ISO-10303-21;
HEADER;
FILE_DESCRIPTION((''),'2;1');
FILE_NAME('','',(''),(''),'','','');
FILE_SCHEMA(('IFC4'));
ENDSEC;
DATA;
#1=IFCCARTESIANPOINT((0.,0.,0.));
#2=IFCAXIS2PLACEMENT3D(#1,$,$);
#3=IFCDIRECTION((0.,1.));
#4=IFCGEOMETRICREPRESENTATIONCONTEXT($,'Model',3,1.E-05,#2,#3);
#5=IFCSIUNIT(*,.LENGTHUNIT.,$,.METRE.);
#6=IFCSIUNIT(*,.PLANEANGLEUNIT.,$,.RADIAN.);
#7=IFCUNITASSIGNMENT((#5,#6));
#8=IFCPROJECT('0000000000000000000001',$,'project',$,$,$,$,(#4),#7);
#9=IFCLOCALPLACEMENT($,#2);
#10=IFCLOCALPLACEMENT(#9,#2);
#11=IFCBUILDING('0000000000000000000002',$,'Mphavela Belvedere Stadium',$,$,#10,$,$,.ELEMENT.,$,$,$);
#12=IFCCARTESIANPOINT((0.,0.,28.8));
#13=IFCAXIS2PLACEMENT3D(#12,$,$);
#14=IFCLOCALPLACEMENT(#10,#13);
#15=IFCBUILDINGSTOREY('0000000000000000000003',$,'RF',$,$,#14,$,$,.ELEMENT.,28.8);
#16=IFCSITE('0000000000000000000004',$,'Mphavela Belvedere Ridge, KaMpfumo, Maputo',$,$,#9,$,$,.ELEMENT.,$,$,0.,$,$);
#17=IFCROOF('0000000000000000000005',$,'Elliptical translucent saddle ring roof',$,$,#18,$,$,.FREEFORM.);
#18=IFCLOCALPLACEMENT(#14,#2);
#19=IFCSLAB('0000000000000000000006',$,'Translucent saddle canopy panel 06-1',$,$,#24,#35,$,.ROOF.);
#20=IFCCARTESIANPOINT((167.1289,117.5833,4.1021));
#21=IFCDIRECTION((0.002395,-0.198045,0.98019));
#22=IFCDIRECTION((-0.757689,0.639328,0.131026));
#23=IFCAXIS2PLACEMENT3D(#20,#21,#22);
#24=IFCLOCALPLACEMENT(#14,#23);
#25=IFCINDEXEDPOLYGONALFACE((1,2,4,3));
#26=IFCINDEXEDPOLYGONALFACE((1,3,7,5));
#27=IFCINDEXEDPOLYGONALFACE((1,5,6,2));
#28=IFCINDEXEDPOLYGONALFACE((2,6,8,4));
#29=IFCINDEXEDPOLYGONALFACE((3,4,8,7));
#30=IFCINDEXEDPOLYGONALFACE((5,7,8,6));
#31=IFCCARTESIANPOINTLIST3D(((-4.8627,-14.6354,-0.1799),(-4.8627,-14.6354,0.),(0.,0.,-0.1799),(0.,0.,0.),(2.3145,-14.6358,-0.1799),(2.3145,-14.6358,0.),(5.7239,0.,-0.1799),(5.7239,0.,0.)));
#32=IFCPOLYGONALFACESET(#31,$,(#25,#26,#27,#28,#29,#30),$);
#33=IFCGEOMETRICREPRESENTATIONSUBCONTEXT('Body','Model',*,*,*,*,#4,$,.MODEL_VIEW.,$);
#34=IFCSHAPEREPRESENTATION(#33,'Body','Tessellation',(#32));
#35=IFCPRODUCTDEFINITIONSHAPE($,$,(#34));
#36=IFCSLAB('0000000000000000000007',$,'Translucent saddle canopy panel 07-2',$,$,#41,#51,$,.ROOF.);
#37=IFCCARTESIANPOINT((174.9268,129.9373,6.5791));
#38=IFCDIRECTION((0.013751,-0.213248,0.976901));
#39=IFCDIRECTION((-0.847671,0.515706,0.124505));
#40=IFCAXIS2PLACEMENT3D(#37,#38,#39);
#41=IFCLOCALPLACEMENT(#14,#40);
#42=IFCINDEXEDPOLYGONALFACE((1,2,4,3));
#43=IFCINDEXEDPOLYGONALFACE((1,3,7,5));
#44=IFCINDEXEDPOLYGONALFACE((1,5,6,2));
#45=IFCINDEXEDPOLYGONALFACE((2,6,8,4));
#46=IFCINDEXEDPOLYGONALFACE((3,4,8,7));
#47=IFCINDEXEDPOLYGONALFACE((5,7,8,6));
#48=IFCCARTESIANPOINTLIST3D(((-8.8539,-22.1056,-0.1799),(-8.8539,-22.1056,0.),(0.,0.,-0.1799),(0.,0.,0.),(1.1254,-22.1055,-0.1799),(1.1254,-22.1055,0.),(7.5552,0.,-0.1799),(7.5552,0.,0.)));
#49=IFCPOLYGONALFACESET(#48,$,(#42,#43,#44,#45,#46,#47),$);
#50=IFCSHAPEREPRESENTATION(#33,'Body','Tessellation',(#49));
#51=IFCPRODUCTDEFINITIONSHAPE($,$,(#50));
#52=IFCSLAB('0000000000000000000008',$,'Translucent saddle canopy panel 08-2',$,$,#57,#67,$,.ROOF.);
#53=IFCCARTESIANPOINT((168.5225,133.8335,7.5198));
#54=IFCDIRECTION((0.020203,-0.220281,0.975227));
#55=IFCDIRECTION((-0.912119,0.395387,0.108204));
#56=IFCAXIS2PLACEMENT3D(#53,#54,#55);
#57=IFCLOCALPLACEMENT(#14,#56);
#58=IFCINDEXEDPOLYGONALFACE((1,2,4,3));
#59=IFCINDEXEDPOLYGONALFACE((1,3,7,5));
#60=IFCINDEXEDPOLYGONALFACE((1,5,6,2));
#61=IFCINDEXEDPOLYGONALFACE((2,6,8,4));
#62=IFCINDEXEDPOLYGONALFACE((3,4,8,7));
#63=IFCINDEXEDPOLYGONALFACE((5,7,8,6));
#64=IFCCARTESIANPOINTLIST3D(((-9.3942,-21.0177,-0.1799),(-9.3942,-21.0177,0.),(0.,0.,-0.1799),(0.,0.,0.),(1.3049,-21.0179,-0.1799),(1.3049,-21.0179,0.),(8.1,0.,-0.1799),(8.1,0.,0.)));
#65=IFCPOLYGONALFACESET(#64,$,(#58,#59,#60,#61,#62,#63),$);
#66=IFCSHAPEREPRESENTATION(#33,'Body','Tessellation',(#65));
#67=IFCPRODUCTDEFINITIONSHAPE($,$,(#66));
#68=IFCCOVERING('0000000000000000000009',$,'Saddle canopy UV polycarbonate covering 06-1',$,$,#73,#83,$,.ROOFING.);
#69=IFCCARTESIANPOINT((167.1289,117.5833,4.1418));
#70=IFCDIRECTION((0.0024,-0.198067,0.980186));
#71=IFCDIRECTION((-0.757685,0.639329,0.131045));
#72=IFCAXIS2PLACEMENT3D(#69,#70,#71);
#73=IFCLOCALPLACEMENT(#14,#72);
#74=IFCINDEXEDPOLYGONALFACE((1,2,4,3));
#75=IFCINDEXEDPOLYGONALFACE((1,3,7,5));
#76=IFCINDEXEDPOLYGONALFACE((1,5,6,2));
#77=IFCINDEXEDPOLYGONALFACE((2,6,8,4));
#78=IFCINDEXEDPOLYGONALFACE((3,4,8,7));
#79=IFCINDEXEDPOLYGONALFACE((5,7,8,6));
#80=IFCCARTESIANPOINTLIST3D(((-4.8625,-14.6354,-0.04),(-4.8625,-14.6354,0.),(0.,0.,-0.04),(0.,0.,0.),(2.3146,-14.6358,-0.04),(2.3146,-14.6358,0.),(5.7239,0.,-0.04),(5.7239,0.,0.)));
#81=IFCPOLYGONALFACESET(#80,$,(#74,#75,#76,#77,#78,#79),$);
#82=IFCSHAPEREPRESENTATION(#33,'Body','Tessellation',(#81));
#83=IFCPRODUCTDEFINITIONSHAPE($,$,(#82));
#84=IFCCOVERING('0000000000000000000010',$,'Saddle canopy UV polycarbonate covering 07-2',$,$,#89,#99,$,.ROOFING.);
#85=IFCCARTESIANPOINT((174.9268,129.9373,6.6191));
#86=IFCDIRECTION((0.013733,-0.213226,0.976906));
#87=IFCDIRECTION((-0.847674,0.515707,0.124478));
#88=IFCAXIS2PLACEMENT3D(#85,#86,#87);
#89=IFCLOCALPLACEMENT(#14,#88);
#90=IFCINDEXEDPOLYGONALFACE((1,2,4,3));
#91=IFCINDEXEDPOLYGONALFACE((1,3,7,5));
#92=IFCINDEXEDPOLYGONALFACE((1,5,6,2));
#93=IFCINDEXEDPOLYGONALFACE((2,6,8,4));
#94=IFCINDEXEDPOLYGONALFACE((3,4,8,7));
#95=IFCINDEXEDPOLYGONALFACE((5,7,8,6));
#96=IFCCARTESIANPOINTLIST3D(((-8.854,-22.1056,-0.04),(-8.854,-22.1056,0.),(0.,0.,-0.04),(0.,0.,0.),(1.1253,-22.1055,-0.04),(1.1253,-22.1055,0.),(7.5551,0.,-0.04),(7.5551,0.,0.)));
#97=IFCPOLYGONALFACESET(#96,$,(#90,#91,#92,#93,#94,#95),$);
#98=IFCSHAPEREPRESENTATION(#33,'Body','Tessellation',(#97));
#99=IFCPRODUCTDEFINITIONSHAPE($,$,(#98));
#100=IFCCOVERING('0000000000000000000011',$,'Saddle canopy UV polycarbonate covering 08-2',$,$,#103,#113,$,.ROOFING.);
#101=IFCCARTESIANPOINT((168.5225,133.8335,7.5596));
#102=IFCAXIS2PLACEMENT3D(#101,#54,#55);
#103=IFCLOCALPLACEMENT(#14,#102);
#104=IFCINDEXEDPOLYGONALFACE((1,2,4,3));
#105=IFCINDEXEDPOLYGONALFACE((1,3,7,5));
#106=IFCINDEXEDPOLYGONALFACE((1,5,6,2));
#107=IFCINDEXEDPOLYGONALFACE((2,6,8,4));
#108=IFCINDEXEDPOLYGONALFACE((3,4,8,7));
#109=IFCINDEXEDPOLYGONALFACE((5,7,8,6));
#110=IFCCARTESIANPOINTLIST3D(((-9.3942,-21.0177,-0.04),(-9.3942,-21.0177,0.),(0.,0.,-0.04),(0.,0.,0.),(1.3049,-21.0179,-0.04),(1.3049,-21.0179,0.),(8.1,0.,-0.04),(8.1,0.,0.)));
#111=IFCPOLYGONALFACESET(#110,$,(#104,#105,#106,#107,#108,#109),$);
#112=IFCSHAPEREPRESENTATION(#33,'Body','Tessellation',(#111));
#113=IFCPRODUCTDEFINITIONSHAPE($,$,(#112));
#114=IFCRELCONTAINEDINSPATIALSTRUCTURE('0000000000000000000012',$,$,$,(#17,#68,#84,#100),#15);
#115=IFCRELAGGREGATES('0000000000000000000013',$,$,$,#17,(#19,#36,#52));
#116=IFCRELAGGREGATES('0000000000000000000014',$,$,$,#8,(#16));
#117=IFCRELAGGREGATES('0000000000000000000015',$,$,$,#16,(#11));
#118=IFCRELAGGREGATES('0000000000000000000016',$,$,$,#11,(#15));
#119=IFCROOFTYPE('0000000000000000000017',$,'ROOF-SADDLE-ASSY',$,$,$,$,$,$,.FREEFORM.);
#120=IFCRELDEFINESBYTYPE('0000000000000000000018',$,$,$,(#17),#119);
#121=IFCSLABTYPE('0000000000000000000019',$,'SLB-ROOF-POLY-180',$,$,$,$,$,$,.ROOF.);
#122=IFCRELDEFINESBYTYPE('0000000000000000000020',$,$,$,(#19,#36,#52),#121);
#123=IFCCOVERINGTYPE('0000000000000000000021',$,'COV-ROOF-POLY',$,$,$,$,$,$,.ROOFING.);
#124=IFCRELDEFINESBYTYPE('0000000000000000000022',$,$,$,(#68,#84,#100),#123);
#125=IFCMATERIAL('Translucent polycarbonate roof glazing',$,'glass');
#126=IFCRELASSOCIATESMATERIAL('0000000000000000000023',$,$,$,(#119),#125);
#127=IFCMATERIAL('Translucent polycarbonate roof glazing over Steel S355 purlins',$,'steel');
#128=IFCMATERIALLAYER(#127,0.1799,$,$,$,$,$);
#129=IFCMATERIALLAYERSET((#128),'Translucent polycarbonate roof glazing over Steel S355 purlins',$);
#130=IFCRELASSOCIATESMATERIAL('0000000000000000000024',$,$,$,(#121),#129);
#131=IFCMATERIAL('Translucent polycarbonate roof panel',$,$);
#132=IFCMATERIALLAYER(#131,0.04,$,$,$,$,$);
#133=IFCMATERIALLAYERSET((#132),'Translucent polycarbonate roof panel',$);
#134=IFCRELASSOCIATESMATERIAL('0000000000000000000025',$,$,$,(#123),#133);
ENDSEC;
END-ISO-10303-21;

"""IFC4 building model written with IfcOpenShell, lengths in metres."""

from ifc_helpers import new_model, si_unit, direction, frame, origin, place, context, subcontext, project, spatial, polyline, outline, extrude, material, layer, layer_set, type_object, element, aggregate, save


model = new_model("IFC4")

# Units and contexts
model_context = context("Model", 3, precision=1e-05, world=origin(), true_north=direction((0.0, 1.0)))
body_context = subcontext(model_context, "Body", "Model", "MODEL_VIEW")
ifc_project = project(units=[si_unit("LENGTHUNIT", "METRE"), si_unit("PLANEANGLEUNIT", "RADIAN")], contexts=[model_context])

# Site, building, storey
site_placement = place(None, origin())
site = spatial("IfcSite", under=ifc_project, at=site_placement, Name="Mphavela Belvedere Ridge, KaMpfumo, Maputo", CompositionType="ELEMENT", RefElevation=0.0)
building_placement = place(site_placement, origin())
building = spatial("IfcBuilding", under=site, at=building_placement, Name="Mphavela Belvedere Stadium", CompositionType="ELEMENT")
storey_placement = place(building_placement, frame((0.0, 0.0, 28.8)))
storey = spatial("IfcBuildingStorey", under=building, at=storey_placement, Name="RF", CompositionType="ELEMENT", Elevation=28.8)

# Roof, slabs
ifc_material_1 = material(Name="Translucent polycarbonate roof glazing", Category="glass")
roof_type = type_object("IfcRoofType", Name="ROOF-SADDLE-ASSY", PredefinedType="FREEFORM", material=ifc_material_1)
roof_placement = place(storey_placement, origin())
roof = element("IfcRoof", 1, at=roof_placement, inside=storey, type_object=roof_type, Name="Elliptical translucent saddle ring roof", PredefinedType="FREEFORM")
ifc_material_2 = material(Name="Translucent polycarbonate roof glazing over Steel S355 purlins", Category="steel")
ifc_layer_1 = layer(ifc_material_2, 0.1799)
ifc_layer_set_1 = layer_set([ifc_layer_1], Name="Translucent polycarbonate roof glazing over Steel S355 purlins")
slab_type = type_object("IfcSlabType", Name="SLB-ROOF-POLY-180", PredefinedType="ROOF", material=ifc_layer_set_1)
slab_1_placement = place(storey_placement, frame((167.1289, 117.5833, 4.1021), z_axis=(0.002395, -0.198045, 0.98019), x_axis=(-0.757689, 0.639328, 0.131026)))
slab_1 = element("IfcSlab", 2, at=slab_1_placement, type_object=slab_type, Name="Translucent saddle canopy panel 06-1", PredefinedType="ROOF", context=body_context, shape_type="SweptSolid", body=[
    extrude(outline(polyline([(0.0, 0.0), (5.7239, 0.0), (2.3145, -14.6358), (-4.8627, -14.6354), (0.0, 0.0)])), origin(), (0.0, 0.0, -1.0), 0.1799),
])
slab_2_placement = place(storey_placement, frame((174.9268, 129.9373, 6.5791), z_axis=(0.013751, -0.213248, 0.976901), x_axis=(-0.847671, 0.515706, 0.124505)))
slab_2 = element("IfcSlab", 3, at=slab_2_placement, type_object=slab_type, Name="Translucent saddle canopy panel 07-2", PredefinedType="ROOF", context=body_context, shape_type="SweptSolid", body=[
    extrude(outline(polyline([(0.0, 0.0), (7.5552, 0.0), (1.1254, -22.1055), (-8.8539, -22.1056), (0.0, 0.0)])), origin(), (0.0, 0.0, -1.0), 0.1799),
])
slab_3_placement = place(storey_placement, frame((168.5225, 133.8335, 7.5198), z_axis=(0.020203, -0.220281, 0.975227), x_axis=(-0.912119, 0.395387, 0.108204)))
slab_3 = element("IfcSlab", 4, at=slab_3_placement, type_object=slab_type, Name="Translucent saddle canopy panel 08-2", PredefinedType="ROOF", context=body_context, shape_type="SweptSolid", body=[
    extrude(outline(polyline([(0.0, 0.0), (8.1, 0.0), (1.3049, -21.0179), (-9.3942, -21.0177), (0.0, 0.0)])), origin(), (0.0, 0.0, -1.0), 0.1799),
])
aggregate(roof, [slab_1, slab_2, slab_3])

# Coverings
ifc_material_3 = material(Name="Translucent polycarbonate roof panel")
ifc_layer_2 = layer(ifc_material_3, 0.04)
ifc_layer_set_2 = layer_set([ifc_layer_2], Name="Translucent polycarbonate roof panel")
covering_type = type_object("IfcCoveringType", Name="COV-ROOF-POLY", PredefinedType="ROOFING", material=ifc_layer_set_2)
covering_1_placement = place(storey_placement, frame((167.1289, 117.5833, 4.1418), z_axis=(0.0024, -0.198067, 0.980186), x_axis=(-0.757685, 0.639329, 0.131045)))
element("IfcCovering", 5, at=covering_1_placement, inside=storey, type_object=covering_type, Name="Saddle canopy UV polycarbonate covering 06-1", PredefinedType="ROOFING", context=body_context, shape_type="SweptSolid", body=[
    extrude(outline(polyline([(0.0, 0.0), (5.7239, 0.0), (2.3146, -14.6358), (-4.8625, -14.6354), (0.0, 0.0)])), origin(), (0.0, 0.0, -1.0), 0.04),
])
covering_2_placement = place(storey_placement, frame((174.9268, 129.9373, 6.6191), z_axis=(0.013733, -0.213226, 0.976906), x_axis=(-0.847674, 0.515707, 0.124478)))
element("IfcCovering", 6, at=covering_2_placement, inside=storey, type_object=covering_type, Name="Saddle canopy UV polycarbonate covering 07-2", PredefinedType="ROOFING", context=body_context, shape_type="SweptSolid", body=[
    extrude(outline(polyline([(0.0, 0.0), (7.5551, 0.0), (1.1253, -22.1055), (-8.854, -22.1056), (0.0, 0.0)])), origin(), (0.0, 0.0, -1.0), 0.04),
])
covering_3_placement = place(storey_placement, frame((168.5225, 133.8335, 7.5596), z_axis=(0.020203, -0.220281, 0.975227), x_axis=(-0.912119, 0.395387, 0.108204)))
element("IfcCovering", 7, at=covering_3_placement, inside=storey, type_object=covering_type, Name="Saddle canopy UV polycarbonate covering 08-2", PredefinedType="ROOFING", context=body_context, shape_type="SweptSolid", body=[
    extrude(outline(polyline([(0.0, 0.0), (8.1, 0.0), (1.3049, -21.0179), (-9.3942, -21.0177), (0.0, 0.0)])), origin(), (0.0, 0.0, -1.0), 0.04),
])

save(model, "model.ifc")
